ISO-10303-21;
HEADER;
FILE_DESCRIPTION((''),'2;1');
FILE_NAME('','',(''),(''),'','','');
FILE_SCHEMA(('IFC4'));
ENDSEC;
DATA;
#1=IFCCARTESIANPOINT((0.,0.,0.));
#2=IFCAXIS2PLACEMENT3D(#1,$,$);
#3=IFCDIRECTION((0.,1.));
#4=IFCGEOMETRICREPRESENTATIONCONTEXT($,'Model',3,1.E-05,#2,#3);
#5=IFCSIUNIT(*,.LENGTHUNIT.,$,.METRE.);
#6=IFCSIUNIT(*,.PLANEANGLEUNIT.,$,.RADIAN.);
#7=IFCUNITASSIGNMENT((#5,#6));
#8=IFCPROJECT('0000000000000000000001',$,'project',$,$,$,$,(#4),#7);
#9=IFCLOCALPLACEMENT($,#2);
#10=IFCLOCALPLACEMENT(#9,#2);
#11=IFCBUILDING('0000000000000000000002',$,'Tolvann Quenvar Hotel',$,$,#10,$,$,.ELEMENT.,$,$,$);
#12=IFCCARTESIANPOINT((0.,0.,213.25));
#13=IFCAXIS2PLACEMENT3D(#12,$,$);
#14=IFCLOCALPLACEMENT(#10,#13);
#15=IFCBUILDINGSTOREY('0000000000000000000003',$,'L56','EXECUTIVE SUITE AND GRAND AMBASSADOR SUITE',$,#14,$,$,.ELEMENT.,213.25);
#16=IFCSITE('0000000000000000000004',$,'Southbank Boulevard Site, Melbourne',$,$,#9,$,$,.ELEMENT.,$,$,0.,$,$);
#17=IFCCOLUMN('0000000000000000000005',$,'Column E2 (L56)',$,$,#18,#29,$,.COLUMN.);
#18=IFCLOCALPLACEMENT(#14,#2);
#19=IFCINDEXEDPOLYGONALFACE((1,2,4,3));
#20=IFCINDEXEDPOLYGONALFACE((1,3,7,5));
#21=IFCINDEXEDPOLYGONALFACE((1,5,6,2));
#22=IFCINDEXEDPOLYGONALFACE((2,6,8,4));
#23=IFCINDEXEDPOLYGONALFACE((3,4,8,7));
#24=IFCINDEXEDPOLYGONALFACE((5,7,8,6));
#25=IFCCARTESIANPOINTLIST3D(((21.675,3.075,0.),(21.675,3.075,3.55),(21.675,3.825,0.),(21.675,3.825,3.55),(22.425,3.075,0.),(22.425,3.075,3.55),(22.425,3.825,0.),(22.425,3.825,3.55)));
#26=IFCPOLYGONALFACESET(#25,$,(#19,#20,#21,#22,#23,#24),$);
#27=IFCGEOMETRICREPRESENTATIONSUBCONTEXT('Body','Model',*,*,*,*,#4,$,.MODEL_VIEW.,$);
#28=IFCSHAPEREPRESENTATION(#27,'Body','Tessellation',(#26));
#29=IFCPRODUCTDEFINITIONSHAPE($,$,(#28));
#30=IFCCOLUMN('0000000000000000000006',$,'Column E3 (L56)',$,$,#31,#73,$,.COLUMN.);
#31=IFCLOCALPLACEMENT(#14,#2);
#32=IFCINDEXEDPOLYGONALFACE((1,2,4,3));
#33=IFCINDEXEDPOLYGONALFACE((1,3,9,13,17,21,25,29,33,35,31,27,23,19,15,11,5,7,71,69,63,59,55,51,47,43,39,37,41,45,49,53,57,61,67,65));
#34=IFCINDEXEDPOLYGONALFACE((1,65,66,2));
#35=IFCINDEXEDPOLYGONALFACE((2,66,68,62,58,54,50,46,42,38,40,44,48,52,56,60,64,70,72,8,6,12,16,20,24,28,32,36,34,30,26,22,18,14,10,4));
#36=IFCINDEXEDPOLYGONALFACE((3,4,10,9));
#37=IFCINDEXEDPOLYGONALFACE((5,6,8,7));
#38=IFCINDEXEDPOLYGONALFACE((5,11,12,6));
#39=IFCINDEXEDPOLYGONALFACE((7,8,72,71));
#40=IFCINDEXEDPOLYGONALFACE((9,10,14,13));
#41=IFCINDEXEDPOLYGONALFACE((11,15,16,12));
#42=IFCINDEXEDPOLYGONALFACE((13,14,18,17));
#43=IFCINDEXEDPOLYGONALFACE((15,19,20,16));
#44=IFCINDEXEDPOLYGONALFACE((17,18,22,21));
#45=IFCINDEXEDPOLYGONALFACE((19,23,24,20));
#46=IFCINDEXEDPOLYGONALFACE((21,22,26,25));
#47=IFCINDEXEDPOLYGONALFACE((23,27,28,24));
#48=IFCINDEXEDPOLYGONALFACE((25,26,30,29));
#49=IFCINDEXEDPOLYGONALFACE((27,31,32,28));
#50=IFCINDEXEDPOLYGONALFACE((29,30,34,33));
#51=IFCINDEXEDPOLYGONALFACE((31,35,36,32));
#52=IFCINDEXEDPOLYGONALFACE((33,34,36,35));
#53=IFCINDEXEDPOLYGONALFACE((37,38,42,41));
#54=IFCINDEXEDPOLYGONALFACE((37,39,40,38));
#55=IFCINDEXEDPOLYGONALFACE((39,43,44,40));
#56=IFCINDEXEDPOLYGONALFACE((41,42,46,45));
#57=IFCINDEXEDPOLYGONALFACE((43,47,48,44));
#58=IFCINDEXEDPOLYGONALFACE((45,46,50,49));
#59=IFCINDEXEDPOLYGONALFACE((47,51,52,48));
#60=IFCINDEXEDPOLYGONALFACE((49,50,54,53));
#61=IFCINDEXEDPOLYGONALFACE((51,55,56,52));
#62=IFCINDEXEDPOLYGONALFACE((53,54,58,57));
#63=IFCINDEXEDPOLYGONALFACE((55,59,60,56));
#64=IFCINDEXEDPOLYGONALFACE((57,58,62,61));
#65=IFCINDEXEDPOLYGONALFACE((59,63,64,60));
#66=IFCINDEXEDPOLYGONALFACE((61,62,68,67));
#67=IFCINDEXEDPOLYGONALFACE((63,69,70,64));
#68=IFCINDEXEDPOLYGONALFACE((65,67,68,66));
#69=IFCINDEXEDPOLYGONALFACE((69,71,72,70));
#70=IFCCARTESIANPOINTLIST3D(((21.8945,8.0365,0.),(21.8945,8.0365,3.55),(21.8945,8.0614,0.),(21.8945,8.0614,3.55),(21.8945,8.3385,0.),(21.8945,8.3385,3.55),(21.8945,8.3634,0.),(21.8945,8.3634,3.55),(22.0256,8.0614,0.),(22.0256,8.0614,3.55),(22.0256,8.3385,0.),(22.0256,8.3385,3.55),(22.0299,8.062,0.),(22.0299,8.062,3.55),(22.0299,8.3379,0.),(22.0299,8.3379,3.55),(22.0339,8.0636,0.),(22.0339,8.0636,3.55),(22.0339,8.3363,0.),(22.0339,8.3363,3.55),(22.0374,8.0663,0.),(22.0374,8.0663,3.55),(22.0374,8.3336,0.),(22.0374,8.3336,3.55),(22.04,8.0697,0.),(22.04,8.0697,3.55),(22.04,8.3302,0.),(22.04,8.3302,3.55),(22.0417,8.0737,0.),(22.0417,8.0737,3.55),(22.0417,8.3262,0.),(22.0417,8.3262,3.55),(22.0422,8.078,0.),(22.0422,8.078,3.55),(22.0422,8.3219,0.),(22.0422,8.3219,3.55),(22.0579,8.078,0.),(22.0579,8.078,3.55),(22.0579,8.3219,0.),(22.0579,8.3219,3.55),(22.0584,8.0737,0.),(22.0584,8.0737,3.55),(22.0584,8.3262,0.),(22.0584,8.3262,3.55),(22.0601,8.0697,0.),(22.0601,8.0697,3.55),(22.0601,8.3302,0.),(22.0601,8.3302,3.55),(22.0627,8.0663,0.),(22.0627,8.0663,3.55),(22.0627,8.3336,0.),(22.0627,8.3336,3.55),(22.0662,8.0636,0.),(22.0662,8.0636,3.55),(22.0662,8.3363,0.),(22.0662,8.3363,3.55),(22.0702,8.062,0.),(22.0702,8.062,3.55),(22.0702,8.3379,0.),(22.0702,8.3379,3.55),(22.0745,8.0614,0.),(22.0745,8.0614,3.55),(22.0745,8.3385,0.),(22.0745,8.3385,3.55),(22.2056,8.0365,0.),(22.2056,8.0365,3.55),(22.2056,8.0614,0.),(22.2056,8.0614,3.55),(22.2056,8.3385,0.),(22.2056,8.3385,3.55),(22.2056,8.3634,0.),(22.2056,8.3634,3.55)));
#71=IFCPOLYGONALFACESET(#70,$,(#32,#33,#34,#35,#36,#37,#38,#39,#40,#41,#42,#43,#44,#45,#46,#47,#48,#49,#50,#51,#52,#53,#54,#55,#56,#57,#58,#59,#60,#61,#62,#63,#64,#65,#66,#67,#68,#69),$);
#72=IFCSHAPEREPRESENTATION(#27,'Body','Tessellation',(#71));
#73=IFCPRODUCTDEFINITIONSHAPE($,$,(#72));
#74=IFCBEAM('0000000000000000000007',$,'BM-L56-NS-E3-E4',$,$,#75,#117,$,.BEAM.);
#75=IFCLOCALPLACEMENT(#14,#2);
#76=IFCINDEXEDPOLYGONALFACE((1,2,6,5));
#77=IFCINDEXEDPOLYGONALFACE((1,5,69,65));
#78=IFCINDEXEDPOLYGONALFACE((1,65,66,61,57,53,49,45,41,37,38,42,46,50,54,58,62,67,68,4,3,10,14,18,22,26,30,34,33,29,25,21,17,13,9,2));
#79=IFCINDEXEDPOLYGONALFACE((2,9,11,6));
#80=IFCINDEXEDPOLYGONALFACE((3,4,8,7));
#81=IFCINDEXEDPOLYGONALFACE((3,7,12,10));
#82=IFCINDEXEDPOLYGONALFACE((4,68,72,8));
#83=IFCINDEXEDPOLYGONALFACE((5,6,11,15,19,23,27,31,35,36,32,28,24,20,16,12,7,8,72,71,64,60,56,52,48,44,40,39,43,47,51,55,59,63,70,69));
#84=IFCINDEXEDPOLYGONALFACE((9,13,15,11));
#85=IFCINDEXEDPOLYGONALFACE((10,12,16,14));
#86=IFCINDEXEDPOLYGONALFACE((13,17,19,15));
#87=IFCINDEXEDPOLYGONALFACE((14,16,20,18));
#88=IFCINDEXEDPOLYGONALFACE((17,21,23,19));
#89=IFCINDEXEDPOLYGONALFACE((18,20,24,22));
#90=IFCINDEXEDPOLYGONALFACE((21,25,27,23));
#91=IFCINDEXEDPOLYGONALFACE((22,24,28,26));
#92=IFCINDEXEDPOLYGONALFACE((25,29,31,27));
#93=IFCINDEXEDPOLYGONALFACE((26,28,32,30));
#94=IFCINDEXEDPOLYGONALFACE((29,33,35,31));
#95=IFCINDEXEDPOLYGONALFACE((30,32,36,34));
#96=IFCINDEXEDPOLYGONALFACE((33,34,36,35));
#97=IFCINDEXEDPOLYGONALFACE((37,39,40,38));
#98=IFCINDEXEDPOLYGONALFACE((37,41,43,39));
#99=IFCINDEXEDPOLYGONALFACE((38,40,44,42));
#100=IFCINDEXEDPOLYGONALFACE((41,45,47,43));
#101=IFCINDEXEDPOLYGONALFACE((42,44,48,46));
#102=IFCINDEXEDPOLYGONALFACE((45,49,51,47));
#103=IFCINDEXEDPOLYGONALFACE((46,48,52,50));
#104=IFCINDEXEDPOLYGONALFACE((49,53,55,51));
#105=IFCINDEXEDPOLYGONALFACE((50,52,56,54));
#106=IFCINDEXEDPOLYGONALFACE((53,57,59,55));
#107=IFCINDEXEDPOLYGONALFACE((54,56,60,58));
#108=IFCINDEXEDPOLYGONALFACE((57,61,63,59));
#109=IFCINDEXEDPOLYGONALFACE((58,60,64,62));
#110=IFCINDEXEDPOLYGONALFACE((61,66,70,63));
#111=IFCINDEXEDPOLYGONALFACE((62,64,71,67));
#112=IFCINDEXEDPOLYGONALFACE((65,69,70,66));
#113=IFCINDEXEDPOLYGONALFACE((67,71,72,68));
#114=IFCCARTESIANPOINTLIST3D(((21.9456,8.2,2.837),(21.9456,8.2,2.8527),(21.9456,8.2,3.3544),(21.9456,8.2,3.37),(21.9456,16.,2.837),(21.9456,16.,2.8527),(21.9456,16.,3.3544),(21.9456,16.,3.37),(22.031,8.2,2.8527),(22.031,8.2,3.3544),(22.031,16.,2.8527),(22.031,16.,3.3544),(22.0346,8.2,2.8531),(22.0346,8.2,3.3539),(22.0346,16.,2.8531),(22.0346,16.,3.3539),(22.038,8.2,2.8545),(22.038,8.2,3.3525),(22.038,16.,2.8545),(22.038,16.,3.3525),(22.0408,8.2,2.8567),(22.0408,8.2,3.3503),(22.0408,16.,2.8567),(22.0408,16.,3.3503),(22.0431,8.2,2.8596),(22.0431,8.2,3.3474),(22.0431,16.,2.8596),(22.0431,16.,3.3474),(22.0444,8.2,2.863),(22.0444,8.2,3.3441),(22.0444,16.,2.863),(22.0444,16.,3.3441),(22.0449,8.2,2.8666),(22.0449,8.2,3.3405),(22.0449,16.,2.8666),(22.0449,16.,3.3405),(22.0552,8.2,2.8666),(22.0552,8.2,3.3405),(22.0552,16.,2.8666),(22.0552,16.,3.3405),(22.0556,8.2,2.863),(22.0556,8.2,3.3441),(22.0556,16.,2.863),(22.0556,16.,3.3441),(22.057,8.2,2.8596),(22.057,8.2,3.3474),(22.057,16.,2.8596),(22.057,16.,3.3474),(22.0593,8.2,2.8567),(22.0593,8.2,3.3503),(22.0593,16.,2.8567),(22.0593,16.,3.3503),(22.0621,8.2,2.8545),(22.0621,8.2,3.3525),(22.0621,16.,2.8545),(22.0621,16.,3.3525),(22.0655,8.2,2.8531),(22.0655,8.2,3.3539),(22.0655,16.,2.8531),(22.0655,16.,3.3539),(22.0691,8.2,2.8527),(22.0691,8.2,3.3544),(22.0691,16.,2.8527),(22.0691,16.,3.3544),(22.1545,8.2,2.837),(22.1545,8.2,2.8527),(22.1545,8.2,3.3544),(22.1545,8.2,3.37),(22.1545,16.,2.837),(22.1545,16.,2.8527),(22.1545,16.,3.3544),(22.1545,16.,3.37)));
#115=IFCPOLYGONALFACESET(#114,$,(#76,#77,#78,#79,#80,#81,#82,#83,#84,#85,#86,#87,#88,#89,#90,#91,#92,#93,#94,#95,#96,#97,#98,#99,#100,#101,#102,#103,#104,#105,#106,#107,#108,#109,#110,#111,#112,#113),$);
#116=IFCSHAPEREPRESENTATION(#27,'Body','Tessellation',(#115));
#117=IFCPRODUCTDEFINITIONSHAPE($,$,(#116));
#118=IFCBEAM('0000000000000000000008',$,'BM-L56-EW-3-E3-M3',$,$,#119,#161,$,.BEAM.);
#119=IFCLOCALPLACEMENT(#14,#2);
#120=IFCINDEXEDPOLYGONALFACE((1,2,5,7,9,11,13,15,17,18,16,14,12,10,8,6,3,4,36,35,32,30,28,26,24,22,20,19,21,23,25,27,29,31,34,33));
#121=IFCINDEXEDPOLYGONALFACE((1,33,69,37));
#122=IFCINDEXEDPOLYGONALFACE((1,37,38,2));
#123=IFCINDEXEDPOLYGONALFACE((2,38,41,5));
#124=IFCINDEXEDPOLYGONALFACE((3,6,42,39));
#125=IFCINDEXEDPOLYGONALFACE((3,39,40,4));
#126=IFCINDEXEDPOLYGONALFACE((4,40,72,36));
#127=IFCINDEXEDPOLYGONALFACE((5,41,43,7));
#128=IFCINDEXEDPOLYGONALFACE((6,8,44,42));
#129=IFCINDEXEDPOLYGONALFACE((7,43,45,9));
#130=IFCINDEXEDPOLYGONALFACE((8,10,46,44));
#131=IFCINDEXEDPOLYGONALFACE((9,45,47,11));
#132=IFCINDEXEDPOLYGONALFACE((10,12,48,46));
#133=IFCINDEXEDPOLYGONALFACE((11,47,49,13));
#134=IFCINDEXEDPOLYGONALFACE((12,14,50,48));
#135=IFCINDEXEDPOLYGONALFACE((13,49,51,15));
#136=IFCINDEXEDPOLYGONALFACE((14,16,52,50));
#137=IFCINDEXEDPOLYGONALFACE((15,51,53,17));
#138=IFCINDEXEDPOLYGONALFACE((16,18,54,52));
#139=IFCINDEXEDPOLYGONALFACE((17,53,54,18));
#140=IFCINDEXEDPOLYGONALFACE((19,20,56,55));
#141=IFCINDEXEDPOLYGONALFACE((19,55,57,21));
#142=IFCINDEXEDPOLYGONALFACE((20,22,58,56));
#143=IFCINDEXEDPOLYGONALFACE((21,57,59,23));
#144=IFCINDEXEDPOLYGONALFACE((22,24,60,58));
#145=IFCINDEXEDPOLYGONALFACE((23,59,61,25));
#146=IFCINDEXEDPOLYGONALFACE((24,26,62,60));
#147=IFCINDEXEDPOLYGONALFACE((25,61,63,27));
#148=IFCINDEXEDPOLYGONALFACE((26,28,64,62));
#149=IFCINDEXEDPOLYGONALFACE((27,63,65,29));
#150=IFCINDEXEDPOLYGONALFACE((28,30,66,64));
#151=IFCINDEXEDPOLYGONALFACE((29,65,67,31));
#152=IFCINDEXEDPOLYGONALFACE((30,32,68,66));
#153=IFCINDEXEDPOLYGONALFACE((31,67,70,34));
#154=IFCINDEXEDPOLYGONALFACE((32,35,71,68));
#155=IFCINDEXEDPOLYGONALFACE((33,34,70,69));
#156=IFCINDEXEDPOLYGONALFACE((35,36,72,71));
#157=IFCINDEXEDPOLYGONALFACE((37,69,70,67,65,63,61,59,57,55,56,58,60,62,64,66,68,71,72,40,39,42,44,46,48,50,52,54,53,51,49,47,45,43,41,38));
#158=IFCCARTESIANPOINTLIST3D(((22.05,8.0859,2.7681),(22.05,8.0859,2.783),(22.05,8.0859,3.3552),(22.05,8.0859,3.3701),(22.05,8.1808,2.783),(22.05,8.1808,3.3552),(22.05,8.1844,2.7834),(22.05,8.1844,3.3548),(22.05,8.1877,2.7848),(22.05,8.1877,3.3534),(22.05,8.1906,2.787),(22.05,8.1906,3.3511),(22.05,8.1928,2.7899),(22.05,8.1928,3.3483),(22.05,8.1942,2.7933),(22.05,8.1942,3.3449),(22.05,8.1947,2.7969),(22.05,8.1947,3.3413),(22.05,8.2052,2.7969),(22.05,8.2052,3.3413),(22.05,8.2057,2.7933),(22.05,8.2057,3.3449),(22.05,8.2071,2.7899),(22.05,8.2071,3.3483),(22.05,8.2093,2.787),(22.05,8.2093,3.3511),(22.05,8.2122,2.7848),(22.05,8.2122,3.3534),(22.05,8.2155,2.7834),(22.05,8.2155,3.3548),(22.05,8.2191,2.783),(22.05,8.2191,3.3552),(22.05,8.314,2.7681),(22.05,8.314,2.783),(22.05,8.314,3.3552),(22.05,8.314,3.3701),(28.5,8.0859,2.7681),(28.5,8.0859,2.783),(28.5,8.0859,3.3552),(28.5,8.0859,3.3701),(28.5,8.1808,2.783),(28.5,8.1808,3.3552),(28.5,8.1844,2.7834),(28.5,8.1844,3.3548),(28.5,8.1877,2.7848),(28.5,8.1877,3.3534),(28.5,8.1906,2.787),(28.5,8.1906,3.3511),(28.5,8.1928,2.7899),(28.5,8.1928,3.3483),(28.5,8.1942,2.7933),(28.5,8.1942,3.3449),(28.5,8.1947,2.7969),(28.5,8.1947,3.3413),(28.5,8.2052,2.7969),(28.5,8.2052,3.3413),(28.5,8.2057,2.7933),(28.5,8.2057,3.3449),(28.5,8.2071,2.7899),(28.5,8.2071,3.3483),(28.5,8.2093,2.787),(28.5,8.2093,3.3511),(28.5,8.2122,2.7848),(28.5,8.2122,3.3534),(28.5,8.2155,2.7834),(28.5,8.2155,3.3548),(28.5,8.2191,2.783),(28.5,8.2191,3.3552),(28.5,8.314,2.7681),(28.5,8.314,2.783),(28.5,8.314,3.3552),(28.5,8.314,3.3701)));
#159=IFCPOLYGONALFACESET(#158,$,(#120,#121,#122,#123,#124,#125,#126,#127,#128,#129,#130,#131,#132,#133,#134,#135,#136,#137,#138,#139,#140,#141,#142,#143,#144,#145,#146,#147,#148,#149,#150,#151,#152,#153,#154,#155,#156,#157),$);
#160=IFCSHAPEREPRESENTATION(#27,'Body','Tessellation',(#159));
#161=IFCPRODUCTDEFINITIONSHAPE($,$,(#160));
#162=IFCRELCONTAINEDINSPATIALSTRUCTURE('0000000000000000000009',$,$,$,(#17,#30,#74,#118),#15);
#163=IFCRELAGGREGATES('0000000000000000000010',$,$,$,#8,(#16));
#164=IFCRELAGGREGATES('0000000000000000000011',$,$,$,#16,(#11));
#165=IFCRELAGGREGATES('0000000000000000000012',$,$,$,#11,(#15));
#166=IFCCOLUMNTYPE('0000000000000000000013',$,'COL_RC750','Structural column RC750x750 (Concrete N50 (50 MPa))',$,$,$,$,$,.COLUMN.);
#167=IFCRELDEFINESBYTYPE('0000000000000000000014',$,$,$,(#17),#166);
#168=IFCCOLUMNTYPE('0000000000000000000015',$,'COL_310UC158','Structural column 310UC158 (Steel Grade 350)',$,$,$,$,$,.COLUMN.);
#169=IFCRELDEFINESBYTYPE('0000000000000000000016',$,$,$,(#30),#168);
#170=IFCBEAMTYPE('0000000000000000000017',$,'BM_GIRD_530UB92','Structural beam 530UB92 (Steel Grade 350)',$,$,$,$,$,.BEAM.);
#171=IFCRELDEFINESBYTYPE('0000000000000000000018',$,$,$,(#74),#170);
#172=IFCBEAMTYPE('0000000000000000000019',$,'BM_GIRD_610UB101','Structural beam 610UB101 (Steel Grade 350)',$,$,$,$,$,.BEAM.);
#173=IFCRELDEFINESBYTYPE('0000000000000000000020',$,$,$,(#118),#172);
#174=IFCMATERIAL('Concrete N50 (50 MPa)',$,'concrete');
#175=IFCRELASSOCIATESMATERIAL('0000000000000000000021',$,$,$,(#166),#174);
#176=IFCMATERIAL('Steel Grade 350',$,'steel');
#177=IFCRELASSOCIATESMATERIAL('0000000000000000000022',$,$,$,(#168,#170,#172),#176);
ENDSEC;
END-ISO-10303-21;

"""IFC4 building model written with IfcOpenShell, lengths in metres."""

from ifc_helpers import new_model, si_unit, direction, frame, origin, origin_2d, place, context, subcontext, project, spatial, rectangle, i_section, extrude, source, transform, mapped, material, material_profile, profile_set, type_object, type_shapes, element, save


model = new_model("IFC4")

# Units and contexts
model_context = context("Model", 3, precision=1e-05, world=origin(), true_north=direction((0.0, 1.0)))
body_context = subcontext(model_context, "Body", "Model", "MODEL_VIEW")
ifc_project = project(units=[si_unit("LENGTHUNIT", "METRE"), si_unit("PLANEANGLEUNIT", "RADIAN")], contexts=[model_context])

# Site, building, storey
site_placement = place(None, origin())
site = spatial("IfcSite", under=ifc_project, at=site_placement, Name="Southbank Boulevard Site, Melbourne", CompositionType="ELEMENT", RefElevation=0.0)
building_placement = place(site_placement, origin())
building = spatial("IfcBuilding", under=site, at=building_placement, Name="Tolvann Quenvar Hotel", CompositionType="ELEMENT")
storey_placement = place(building_placement, frame((0.0, 0.0, 213.25)))
storey = spatial("IfcBuildingStorey", under=building, at=storey_placement, Name="L56", Description="EXECUTIVE SUITE AND GRAND AMBASSADOR SUITE", CompositionType="ELEMENT", Elevation=213.25)

# Columns
ifc_material_1 = material(Name="Concrete N50 (50 MPa)", Category="concrete")
ifc_material_profile_1 = material_profile(ifc_material_1, rectangle(XDim=0.75, YDim=0.75, at=origin_2d()), Name="RC750x750")
ifc_profile_set_1 = profile_set([ifc_material_profile_1], Name="Concrete N50 (50 MPa)")
column_type_1 = type_object("IfcColumnType", Name="COL_RC750", Description="Structural column RC750x750 (Concrete N50 (50 MPa))", PredefinedType="COLUMN", material=ifc_profile_set_1)
shared_shape_1 = source(origin(), body_context, "Body", "SweptSolid", [
    extrude(rectangle(XDim=0.75, YDim=0.75, at=origin_2d()), origin(), (0.0, 0.0, 1.0), 3.55),
])
type_shapes(column_type_1, [shared_shape_1])
column_1_placement = place(storey_placement, frame((22.05, 3.45, 0.0), z_axis=(0.0, 0.0, 1.0), x_axis=(1.0, 0.0, 0.0)))
element("IfcColumn", 1, at=column_1_placement, inside=storey, type_object=column_type_1, Name="Column E2 (L56)", PredefinedType="COLUMN", context=body_context, shape_type="MappedRepresentation", body=[
    mapped(shared_shape_1, transform((0.0, 0.0, 0.0), x_axis=(1.0, 0.0, 0.0), y_axis=(0.0, 1.0, 0.0), z_axis=(0.0, 0.0, 1.0), scale=1.0)),
])
ifc_material_2 = material(Name="Steel Grade 350", Category="steel")
ifc_material_profile_2 = material_profile(ifc_material_2, i_section(OverallWidth=0.311, OverallDepth=0.3269, WebThickness=0.0156, FlangeThickness=0.0249, FilletRadius=0.0166, at=origin_2d()), Name="310UC158")
ifc_profile_set_2 = profile_set([ifc_material_profile_2], Name="Steel Grade 350")
column_type_2 = type_object("IfcColumnType", Name="COL_310UC158", Description="Structural column 310UC158 (Steel Grade 350)", PredefinedType="COLUMN", material=ifc_profile_set_2)
shared_shape_2 = source(origin(), body_context, "Body", "SweptSolid", [
    extrude(i_section(OverallWidth=0.311, OverallDepth=0.3269, WebThickness=0.0156, FlangeThickness=0.0249, FilletRadius=0.0166, at=origin_2d()), origin(), (0.0, 0.0, 1.0), 3.55),
])
type_shapes(column_type_2, [shared_shape_2])
column_2_placement = place(storey_placement, frame((22.05, 8.2, 0.0), z_axis=(0.0, 0.0, 1.0), x_axis=(1.0, 0.0, 0.0)))
element("IfcColumn", 2, at=column_2_placement, inside=storey, type_object=column_type_2, Name="Column E3 (L56)", PredefinedType="COLUMN", context=body_context, shape_type="MappedRepresentation", body=[
    mapped(shared_shape_2, transform((0.0, 0.0, 0.0), x_axis=(1.0, 0.0, 0.0), y_axis=(0.0, 1.0, 0.0), z_axis=(0.0, 0.0, 1.0), scale=1.0)),
])

# Beams
ifc_material_profile_3 = material_profile(ifc_material_2, i_section(OverallWidth=0.209, OverallDepth=0.533, WebThickness=0.0103, FlangeThickness=0.0156, FilletRadius=0.0139, at=origin_2d()), Name="530UB92")
ifc_profile_set_3 = profile_set([ifc_material_profile_3], Name="Steel Grade 350")
beam_type_1 = type_object("IfcBeamType", Name="BM_GIRD_530UB92", Description="Structural beam 530UB92 (Steel Grade 350)", PredefinedType="BEAM", material=ifc_profile_set_3)
shared_shape_3 = source(origin(), body_context, "Body", "SweptSolid", [
    extrude(i_section(OverallWidth=0.209, OverallDepth=0.533, WebThickness=0.0103, FlangeThickness=0.0156, FilletRadius=0.0139, at=origin_2d()), origin(), (0.0, 0.0, 1.0), 7.8),
])
beam_1_placement = place(storey_placement, frame((22.05, 8.2, 3.1035), z_axis=(0.0, 1.0, 0.0), x_axis=(-1.0, 0.0, 0.0)))
element("IfcBeam", 3, at=beam_1_placement, inside=storey, type_object=beam_type_1, Name="BM-L56-NS-E3-E4", PredefinedType="BEAM", context=body_context, shape_type="MappedRepresentation", body=[
    mapped(shared_shape_3, transform((0.0, 0.0, 0.0), x_axis=(1.0, 0.0, 0.0), y_axis=(0.0, 1.0, 0.0), z_axis=(0.0, 0.0, 1.0), scale=1.0)),
])
ifc_material_profile_4 = material_profile(ifc_material_2, i_section(OverallWidth=0.228, OverallDepth=0.6021, WebThickness=0.0105, FlangeThickness=0.0149, FilletRadius=0.0139, at=origin_2d()), Name="610UB101")
ifc_profile_set_4 = profile_set([ifc_material_profile_4], Name="Steel Grade 350")
beam_type_2 = type_object("IfcBeamType", Name="BM_GIRD_610UB101", Description="Structural beam 610UB101 (Steel Grade 350)", PredefinedType="BEAM", material=ifc_profile_set_4)
shared_shape_4 = source(origin(), body_context, "Body", "SweptSolid", [
    extrude(i_section(OverallWidth=0.228, OverallDepth=0.6021, WebThickness=0.0105, FlangeThickness=0.0149, FilletRadius=0.0139, at=origin_2d()), origin(), (0.0, 0.0, 1.0), 6.45),
])
type_shapes(beam_type_2, [shared_shape_4])
beam_2_placement = place(storey_placement, frame((22.05, 8.2, 3.0691), z_axis=(1.0, 0.0, 0.0), x_axis=(0.0, 1.0, 0.0)))
element("IfcBeam", 4, at=beam_2_placement, inside=storey, type_object=beam_type_2, Name="BM-L56-EW-3-E3-M3", PredefinedType="BEAM", context=body_context, shape_type="MappedRepresentation", body=[
    mapped(shared_shape_4, transform((0.0, 0.0, 0.0), x_axis=(1.0, 0.0, 0.0), y_axis=(0.0, 1.0, 0.0), z_axis=(0.0, 0.0, 1.0), scale=1.0)),
])

save(model, "model.ifc")
